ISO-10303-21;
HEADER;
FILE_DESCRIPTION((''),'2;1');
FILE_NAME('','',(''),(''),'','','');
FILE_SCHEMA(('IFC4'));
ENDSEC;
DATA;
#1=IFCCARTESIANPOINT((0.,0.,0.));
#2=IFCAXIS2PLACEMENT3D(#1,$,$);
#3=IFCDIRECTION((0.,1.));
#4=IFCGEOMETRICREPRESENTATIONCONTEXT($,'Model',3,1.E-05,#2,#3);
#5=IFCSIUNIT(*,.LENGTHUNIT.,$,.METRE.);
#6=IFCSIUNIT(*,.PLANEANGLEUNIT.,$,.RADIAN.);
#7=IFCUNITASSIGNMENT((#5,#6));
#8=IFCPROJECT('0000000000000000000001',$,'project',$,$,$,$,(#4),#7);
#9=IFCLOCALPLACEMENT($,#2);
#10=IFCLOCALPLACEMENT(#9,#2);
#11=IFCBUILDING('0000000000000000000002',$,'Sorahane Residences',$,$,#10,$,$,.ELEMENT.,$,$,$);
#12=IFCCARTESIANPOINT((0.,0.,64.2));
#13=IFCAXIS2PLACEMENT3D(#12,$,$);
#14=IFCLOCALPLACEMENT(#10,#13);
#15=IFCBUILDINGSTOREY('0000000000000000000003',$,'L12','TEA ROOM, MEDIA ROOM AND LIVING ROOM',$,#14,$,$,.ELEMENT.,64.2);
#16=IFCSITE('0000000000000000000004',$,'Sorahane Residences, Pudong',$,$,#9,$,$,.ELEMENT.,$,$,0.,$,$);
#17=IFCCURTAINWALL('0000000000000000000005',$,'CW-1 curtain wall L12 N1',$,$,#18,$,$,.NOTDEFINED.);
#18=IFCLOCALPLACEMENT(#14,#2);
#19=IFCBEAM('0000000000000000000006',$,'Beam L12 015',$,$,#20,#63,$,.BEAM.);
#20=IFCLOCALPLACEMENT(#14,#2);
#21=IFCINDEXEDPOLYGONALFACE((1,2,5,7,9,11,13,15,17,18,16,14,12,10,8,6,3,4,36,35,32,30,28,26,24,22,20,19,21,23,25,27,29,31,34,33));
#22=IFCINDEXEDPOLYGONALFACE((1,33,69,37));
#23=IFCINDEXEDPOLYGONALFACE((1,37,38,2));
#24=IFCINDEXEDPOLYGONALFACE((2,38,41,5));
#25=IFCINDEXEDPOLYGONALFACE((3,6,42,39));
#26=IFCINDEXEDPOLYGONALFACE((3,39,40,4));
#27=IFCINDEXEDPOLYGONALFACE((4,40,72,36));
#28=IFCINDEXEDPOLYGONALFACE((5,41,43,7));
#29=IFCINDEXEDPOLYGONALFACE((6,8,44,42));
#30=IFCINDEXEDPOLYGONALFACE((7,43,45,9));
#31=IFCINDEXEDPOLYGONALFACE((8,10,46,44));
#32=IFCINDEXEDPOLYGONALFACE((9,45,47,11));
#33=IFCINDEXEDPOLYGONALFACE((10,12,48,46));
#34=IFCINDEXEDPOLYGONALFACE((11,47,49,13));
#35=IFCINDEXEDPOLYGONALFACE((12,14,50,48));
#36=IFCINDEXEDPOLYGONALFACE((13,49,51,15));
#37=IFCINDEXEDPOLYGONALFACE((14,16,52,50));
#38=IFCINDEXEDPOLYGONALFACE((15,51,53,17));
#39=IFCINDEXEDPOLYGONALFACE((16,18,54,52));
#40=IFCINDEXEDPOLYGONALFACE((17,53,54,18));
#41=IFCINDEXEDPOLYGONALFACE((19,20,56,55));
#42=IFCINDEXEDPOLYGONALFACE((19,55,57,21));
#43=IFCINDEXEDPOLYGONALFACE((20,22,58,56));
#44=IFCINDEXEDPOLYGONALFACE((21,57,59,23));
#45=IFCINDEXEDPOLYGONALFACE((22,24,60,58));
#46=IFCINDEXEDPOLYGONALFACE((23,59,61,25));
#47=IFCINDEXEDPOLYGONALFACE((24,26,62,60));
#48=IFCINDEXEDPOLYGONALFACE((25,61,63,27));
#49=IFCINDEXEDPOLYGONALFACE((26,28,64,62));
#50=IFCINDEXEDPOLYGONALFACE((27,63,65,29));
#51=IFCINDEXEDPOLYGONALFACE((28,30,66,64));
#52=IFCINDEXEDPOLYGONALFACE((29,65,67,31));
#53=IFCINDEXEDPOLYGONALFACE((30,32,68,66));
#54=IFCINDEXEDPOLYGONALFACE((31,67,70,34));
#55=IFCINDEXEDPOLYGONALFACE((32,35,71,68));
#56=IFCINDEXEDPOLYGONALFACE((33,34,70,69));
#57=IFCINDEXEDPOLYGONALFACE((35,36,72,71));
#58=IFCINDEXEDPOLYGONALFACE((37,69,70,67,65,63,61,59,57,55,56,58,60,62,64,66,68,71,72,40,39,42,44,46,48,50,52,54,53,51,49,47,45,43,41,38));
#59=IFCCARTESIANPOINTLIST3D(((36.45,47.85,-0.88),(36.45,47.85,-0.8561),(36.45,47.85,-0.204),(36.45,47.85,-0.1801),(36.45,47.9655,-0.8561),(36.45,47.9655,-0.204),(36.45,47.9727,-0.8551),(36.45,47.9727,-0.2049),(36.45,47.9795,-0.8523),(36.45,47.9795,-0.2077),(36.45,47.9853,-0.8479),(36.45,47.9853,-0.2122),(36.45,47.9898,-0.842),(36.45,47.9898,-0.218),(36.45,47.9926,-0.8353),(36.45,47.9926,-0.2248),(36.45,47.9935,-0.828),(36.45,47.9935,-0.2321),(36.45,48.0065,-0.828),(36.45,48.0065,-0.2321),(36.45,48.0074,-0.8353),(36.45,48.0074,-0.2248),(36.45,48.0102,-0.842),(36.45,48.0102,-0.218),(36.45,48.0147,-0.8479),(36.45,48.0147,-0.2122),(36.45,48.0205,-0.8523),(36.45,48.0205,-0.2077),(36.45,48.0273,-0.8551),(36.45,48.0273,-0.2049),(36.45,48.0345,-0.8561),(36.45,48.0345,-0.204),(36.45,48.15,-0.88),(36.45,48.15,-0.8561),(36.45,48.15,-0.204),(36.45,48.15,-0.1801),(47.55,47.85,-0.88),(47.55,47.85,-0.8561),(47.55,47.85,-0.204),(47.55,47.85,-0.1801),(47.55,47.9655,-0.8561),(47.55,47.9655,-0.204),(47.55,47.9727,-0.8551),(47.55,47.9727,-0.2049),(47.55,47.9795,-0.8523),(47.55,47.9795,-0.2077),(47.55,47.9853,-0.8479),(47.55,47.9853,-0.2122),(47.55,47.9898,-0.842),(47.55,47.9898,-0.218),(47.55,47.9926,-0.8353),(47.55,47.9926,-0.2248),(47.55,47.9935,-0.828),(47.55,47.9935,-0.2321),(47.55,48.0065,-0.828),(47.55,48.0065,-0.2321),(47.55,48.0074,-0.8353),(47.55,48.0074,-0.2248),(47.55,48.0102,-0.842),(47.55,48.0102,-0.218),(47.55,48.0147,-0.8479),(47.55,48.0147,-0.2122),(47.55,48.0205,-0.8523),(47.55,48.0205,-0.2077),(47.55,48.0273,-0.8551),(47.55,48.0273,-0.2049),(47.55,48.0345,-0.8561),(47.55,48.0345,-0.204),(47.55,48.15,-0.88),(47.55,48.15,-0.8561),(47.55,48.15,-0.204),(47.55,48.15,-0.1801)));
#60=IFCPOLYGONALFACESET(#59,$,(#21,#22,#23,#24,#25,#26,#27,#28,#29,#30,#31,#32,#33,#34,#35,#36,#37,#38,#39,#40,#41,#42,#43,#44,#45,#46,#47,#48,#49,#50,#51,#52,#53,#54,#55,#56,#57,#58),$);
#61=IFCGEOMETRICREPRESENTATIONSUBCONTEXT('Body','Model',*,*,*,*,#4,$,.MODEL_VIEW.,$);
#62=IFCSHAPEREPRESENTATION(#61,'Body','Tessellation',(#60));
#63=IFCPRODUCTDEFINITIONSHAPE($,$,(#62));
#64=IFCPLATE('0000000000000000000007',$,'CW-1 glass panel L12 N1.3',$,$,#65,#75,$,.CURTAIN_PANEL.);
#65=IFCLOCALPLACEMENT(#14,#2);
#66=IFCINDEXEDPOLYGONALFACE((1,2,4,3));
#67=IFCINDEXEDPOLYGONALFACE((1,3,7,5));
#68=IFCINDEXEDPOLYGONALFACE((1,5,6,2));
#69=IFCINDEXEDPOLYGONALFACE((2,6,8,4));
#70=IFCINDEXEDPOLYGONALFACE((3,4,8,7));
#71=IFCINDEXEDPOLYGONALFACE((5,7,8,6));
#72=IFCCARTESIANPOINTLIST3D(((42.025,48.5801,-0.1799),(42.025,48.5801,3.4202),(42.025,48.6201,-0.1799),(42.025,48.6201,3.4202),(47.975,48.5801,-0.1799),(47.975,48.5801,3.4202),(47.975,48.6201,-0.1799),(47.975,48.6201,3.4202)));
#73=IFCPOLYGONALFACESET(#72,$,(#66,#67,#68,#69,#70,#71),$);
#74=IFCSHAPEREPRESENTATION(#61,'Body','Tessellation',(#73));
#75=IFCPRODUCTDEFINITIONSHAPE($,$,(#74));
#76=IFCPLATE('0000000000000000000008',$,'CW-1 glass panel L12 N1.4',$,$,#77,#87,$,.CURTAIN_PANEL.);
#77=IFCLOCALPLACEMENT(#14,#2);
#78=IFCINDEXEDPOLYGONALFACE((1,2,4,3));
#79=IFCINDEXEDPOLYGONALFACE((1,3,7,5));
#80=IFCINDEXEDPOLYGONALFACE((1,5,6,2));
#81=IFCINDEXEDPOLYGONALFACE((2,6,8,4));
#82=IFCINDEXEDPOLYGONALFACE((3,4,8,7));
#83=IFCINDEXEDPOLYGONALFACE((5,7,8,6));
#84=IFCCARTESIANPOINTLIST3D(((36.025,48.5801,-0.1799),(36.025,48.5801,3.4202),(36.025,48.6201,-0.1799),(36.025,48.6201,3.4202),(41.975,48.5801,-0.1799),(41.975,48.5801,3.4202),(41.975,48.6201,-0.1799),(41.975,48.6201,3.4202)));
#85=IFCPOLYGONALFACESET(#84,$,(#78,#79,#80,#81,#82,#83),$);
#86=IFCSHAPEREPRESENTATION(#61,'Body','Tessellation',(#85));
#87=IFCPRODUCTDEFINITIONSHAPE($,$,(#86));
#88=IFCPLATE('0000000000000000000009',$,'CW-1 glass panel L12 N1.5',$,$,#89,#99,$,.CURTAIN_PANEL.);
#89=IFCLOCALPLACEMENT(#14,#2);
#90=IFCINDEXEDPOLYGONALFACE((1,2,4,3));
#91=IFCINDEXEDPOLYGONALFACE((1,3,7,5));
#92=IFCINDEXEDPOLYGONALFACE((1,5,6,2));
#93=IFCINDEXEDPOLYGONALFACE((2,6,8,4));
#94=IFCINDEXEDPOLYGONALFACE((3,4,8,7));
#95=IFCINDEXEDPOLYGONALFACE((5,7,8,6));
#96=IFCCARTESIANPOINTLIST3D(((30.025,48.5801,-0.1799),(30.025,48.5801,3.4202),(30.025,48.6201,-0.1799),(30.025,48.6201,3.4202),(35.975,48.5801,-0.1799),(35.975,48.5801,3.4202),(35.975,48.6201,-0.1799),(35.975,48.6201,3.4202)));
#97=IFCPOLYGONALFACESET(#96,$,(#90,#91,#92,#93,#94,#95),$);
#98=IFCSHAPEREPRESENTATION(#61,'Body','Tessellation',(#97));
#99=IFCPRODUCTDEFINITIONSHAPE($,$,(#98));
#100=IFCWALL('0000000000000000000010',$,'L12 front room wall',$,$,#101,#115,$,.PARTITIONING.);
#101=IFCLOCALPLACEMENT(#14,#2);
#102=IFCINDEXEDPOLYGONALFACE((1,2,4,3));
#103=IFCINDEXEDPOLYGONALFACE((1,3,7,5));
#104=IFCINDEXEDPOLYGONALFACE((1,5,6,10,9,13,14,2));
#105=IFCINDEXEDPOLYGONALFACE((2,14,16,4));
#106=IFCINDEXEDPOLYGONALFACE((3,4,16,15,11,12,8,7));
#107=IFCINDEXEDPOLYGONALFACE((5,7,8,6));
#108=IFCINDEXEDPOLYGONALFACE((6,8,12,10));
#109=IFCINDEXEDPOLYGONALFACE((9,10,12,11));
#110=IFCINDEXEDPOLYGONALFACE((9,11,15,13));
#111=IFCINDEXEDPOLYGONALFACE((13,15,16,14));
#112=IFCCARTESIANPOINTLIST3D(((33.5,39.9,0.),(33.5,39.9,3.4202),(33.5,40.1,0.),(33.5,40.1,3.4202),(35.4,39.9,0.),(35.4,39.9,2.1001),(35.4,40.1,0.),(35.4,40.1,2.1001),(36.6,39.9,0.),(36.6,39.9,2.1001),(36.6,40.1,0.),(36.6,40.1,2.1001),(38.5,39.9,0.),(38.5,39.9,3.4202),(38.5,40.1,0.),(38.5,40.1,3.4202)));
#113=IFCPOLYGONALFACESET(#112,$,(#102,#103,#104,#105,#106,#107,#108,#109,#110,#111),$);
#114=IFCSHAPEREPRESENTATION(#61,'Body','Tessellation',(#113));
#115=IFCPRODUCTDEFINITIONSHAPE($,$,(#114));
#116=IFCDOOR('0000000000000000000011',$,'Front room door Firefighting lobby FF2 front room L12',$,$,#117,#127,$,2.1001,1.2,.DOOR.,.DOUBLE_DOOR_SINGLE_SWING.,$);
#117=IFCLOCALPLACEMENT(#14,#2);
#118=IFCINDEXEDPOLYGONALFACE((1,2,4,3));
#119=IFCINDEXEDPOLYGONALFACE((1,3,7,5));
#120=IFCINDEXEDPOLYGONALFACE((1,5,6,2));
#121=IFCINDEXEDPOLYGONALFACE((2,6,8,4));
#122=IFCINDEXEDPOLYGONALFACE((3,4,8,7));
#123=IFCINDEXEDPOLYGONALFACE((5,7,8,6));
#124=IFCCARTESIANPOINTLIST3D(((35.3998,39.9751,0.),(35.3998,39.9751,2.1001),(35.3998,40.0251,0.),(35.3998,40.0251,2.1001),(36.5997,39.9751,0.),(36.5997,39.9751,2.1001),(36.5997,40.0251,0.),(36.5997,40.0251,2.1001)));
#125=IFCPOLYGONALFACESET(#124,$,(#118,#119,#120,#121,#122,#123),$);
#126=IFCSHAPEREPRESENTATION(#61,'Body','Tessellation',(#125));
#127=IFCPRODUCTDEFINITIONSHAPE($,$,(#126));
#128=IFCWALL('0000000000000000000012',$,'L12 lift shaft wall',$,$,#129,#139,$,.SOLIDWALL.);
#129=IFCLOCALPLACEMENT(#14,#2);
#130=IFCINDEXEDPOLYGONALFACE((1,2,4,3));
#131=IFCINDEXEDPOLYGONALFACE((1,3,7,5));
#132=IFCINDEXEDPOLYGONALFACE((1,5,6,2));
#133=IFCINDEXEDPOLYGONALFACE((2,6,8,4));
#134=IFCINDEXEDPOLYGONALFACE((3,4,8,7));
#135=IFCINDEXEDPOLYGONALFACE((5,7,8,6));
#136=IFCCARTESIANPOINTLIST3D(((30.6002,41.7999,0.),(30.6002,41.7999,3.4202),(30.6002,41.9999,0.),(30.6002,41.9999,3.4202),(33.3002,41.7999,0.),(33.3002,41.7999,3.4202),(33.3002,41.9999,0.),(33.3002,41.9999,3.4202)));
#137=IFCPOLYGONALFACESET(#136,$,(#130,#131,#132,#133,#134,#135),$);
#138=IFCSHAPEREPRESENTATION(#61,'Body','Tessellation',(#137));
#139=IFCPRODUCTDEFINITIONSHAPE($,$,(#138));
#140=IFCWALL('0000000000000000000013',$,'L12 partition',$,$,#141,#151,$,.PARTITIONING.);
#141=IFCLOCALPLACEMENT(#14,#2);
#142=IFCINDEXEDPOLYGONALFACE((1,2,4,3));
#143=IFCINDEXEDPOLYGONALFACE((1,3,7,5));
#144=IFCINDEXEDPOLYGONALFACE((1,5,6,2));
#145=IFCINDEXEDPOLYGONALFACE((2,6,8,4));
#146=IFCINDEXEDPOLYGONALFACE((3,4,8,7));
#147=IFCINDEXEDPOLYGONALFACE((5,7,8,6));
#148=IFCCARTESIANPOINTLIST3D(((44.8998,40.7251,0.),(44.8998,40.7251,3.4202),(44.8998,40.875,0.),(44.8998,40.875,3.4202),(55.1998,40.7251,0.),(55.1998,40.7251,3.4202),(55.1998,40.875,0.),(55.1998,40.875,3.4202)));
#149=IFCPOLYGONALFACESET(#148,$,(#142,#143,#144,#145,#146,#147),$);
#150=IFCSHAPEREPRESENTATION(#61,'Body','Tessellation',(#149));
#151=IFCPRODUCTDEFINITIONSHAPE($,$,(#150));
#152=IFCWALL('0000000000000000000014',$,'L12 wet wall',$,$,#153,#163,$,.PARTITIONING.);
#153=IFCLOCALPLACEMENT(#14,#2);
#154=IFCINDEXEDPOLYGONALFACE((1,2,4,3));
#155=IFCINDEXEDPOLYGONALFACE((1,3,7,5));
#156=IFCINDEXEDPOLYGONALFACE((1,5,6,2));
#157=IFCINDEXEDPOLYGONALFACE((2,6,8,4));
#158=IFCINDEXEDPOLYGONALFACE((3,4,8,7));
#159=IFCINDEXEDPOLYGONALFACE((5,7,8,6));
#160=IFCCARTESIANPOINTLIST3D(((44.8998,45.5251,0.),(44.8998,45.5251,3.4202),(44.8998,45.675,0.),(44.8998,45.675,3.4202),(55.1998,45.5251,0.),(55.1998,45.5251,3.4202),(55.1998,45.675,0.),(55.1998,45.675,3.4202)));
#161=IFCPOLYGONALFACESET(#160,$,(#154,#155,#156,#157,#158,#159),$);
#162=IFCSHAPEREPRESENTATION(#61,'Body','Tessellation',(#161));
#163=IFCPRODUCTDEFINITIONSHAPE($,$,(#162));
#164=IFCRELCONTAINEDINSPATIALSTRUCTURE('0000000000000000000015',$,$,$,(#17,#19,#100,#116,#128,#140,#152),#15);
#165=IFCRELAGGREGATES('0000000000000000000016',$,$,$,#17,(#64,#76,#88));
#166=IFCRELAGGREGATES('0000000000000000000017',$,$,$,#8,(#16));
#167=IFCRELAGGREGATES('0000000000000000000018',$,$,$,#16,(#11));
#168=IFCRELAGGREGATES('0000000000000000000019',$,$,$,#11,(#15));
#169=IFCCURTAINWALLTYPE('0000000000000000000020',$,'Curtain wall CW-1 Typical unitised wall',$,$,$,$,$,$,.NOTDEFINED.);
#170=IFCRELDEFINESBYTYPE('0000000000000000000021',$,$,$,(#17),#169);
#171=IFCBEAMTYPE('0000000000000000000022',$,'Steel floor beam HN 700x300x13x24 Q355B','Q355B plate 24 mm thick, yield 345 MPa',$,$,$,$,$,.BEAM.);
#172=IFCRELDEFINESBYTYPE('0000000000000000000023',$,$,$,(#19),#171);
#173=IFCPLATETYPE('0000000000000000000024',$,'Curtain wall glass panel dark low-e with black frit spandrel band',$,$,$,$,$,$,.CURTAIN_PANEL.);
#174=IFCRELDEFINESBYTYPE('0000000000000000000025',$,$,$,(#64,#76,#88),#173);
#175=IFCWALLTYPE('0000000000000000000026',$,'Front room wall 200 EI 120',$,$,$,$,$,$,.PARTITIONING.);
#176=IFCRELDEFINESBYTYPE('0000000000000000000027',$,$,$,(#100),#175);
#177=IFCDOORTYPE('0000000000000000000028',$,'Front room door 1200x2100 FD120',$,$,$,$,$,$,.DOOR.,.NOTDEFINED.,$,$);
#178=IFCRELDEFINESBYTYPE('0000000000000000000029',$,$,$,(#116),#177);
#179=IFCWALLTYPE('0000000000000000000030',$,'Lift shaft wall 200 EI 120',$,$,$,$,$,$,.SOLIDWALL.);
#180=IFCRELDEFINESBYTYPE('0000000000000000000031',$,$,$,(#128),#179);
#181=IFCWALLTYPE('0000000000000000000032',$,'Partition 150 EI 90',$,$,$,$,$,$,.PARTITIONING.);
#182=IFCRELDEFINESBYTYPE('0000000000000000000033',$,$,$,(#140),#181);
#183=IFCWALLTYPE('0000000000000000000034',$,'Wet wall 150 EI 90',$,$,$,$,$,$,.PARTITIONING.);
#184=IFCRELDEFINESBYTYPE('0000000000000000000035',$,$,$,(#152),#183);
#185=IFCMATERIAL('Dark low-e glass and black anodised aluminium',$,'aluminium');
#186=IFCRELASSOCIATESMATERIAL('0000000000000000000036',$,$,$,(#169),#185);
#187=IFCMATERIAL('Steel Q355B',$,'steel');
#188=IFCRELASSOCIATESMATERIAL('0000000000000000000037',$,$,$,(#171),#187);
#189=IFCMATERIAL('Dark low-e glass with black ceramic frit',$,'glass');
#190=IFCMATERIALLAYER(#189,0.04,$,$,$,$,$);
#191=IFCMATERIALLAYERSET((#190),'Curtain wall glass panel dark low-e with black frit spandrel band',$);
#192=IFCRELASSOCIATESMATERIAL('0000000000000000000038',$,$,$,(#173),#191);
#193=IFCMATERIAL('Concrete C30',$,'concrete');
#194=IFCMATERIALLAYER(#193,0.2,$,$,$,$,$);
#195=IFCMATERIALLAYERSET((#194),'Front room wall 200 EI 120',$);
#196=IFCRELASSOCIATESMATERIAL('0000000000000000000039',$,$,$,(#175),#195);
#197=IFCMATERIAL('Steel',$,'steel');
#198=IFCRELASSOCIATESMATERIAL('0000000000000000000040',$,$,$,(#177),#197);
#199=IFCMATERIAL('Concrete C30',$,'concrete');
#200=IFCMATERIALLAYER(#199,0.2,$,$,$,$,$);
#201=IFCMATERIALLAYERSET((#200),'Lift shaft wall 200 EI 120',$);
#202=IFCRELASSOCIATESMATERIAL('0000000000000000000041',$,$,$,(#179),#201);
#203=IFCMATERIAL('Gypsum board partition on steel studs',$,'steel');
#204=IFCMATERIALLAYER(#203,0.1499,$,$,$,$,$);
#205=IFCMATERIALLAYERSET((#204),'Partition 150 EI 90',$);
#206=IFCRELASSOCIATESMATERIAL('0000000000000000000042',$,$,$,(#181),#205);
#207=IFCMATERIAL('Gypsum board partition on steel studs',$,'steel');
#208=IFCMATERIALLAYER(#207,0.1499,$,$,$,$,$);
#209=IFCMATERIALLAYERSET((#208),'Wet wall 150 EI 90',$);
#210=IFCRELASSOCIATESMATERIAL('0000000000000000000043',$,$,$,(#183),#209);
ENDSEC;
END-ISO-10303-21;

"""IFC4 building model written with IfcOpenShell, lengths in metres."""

from ifc_helpers import new_model, si_unit, direction, frame, frame_2d, origin, origin_2d, place, context, subcontext, project, spatial, rectangle, i_section, extrude, material, layer, layer_set, material_profile, profile_set, type_object, element, fill, aggregate, save


model = new_model("IFC4")

# Units and contexts
model_context = context("Model", 3, precision=1e-05, world=origin(), true_north=direction((0.0, 1.0)))
body_context = subcontext(model_context, "Body", "Model", "MODEL_VIEW")
ifc_project = project(units=[si_unit("LENGTHUNIT", "METRE"), si_unit("PLANEANGLEUNIT", "RADIAN")], contexts=[model_context])

# Site, building, storey
site_placement = place(None, origin())
site = spatial("IfcSite", under=ifc_project, at=site_placement, Name="Sorahane Residences, Pudong", CompositionType="ELEMENT", RefElevation=0.0)
building_placement = place(site_placement, origin())
building = spatial("IfcBuilding", under=site, at=building_placement, Name="Sorahane Residences", CompositionType="ELEMENT")
storey_placement = place(building_placement, frame((0.0, 0.0, 64.2)))
storey = spatial("IfcBuildingStorey", under=building, at=storey_placement, Name="L12", Description="TEA ROOM, MEDIA ROOM AND LIVING ROOM", CompositionType="ELEMENT", Elevation=64.2)

# Curtain wall
ifc_material_1 = material(Name="Dark low-e glass and black anodised aluminium", Category="aluminium")
curtain_wall_type = type_object("IfcCurtainWallType", Name="Curtain wall CW-1 Typical unitised wall", PredefinedType="NOTDEFINED", material=ifc_material_1)
curtain_wall_placement = place(storey_placement, origin())
curtain_wall = element("IfcCurtainWall", 1, at=curtain_wall_placement, inside=storey, type_object=curtain_wall_type, Name="CW-1 curtain wall L12 N1", PredefinedType="NOTDEFINED")

# Beam
ifc_material_2 = material(Name="Steel Q355B", Category="steel")
ifc_material_profile_1 = material_profile(ifc_material_2, i_section(OverallWidth=0.3, OverallDepth=0.7, WebThickness=0.0129, FlangeThickness=0.0239, FilletRadius=0.0281, at=origin_2d()), Name="HN 700x300x13x24")
ifc_profile_set_1 = profile_set([ifc_material_profile_1], Name="Steel Q355B")
beam_type_1 = type_object("IfcBeamType", Name="Steel floor beam HN 700x300x13x24 Q355B", Description="Q355B plate 24 mm thick, yield 345 MPa", PredefinedType="BEAM", material=ifc_profile_set_1)
beam_1_placement = place(storey_placement, frame((36.45, 48.0, -0.53), z_axis=(1.0, 0.0, 0.0), x_axis=(0.0, 1.0, 0.0)))
element("IfcBeam", 2, at=beam_1_placement, inside=storey, type_object=beam_type_1, Name="Beam L12 015", PredefinedType="BEAM", context=body_context, shape_type="SweptSolid", body=[
    extrude(i_section(OverallWidth=0.3, OverallDepth=0.7, WebThickness=0.0129, FlangeThickness=0.0239, FilletRadius=0.0281, at=origin_2d()), origin(), (0.0, 0.0, 1.0), 11.1001),
])

# Plates
ifc_material_3 = material(Name="Dark low-e glass with black ceramic frit", Category="glass")
ifc_layer_1 = layer(ifc_material_3, 0.04)
ifc_layer_set_1 = layer_set([ifc_layer_1], Name="Curtain wall glass panel dark low-e with black frit spandrel band")
plate_type = type_object("IfcPlateType", Name="Curtain wall glass panel dark low-e with black frit spandrel band", PredefinedType="CURTAIN_PANEL", material=ifc_layer_set_1)
plate_1_placement = place(storey_placement, frame((45.0, 48.6001, -0.1799), z_axis=(0.0, 0.0, 1.0), x_axis=(-1.0, 0.0, 0.0)))
plate_1 = element("IfcPlate", 3, at=plate_1_placement, type_object=plate_type, Name="CW-1 glass panel L12 N1.3", PredefinedType="CURTAIN_PANEL", context=body_context, shape_type="SweptSolid", body=[
    extrude(rectangle(XDim=5.95, YDim=0.04, at=origin_2d()), origin(), (0.0, 0.0, 1.0), 3.6001),
])
plate_2_placement = place(storey_placement, frame((39.0, 48.6001, -0.1799), z_axis=(0.0, 0.0, 1.0), x_axis=(-1.0, 0.0, 0.0)))
plate_2 = element("IfcPlate", 4, at=plate_2_placement, type_object=plate_type, Name="CW-1 glass panel L12 N1.4", PredefinedType="CURTAIN_PANEL", context=body_context, shape_type="SweptSolid", body=[
    extrude(rectangle(XDim=5.95, YDim=0.04, at=origin_2d()), origin(), (0.0, 0.0, 1.0), 3.6001),
])
plate_3_placement = place(storey_placement, frame((33.0, 48.6001, -0.1799), z_axis=(0.0, 0.0, 1.0), x_axis=(-1.0, 0.0, 0.0)))
plate_3 = element("IfcPlate", 5, at=plate_3_placement, type_object=plate_type, Name="CW-1 glass panel L12 N1.5", PredefinedType="CURTAIN_PANEL", context=body_context, shape_type="SweptSolid", body=[
    extrude(rectangle(XDim=5.95, YDim=0.04, at=origin_2d()), origin(), (0.0, 0.0, 1.0), 3.6001),
])
aggregate(curtain_wall, [plate_1, plate_2, plate_3])

# Wall, opening, door
ifc_material_4 = material(Name="Concrete C30", Category="concrete")
ifc_layer_2 = layer(ifc_material_4, 0.2)
ifc_layer_set_2 = layer_set([ifc_layer_2], Name="Front room wall 200 EI 120")
wall_type_1 = type_object("IfcWallType", Name="Front room wall 200 EI 120", PredefinedType="PARTITIONING", material=ifc_layer_set_2)
wall_1_placement = place(storey_placement, frame((33.5, 40.0, 0.0), z_axis=(0.0, 0.0, 1.0), x_axis=(1.0, 0.0, 0.0)))
wall_1 = element("IfcWall", 6, at=wall_1_placement, inside=storey, type_object=wall_type_1, Name="L12 front room wall", PredefinedType="PARTITIONING", context=body_context, shape_type="SweptSolid", body=[
    extrude(rectangle(XDim=5.0, YDim=0.2, at=frame_2d((2.5, 0.0))), origin(), (0.0, 0.0, 1.0), 3.4202),
])
opening_placement = place(wall_1_placement, frame((1.8999, 0.0, 0.0)))
opening = element("IfcOpeningElement", 7, at=opening_placement, cuts=wall_1, PredefinedType="OPENING", context=body_context, shape_type="SweptSolid", body=[
    extrude(rectangle(XDim=1.2, YDim=2.1001, at=frame_2d((0.6001, 1.05))), frame((0.0, 0.1099, 0.0), z_axis=(0.0, -1.0, 0.0), x_axis=(1.0, 0.0, 0.0)), (0.0, 0.0, 1.0), 0.22),
])
ifc_material_5 = material(Name="Steel", Category="steel")
door_type = type_object("IfcDoorType", Name="Front room door 1200x2100 FD120", OperationType="NOTDEFINED", PredefinedType="DOOR", material=ifc_material_5)
door_placement = place(opening_placement, frame((1.2, 0.0, 0.0), z_axis=(0.0, 0.0, 1.0), x_axis=(-1.0, 0.0, 0.0)))
door = element("IfcDoor", 8, at=door_placement, inside=storey, type_object=door_type, Name="Front room door Firefighting lobby FF2 front room L12", OperationType="DOUBLE_DOOR_SINGLE_SWING", OverallHeight=2.1001, OverallWidth=1.2, PredefinedType="DOOR", context=body_context, shape_type="SweptSolid", body=[
    extrude(rectangle(XDim=1.2, YDim=2.1001, at=frame_2d((0.6001, 1.05))), frame((0.0, 0.0249, 0.0), z_axis=(0.0, -1.0, 0.0), x_axis=(1.0, 0.0, 0.0)), (0.0, 0.0, 1.0), 0.05),
])
fill(opening, door)

# Walls
ifc_material_6 = material(Name="Concrete C30", Category="concrete")
ifc_layer_3 = layer(ifc_material_6, 0.2)
ifc_layer_set_3 = layer_set([ifc_layer_3], Name="Lift shaft wall 200 EI 120")
wall_type_2 = type_object("IfcWallType", Name="Lift shaft wall 200 EI 120", PredefinedType="SOLIDWALL", material=ifc_layer_set_3)
wall_2_placement = place(storey_placement, frame((30.6001, 41.8999, 0.0), z_axis=(0.0, 0.0, 1.0), x_axis=(1.0, 0.0, 0.0)))
element("IfcWall", 9, at=wall_2_placement, inside=storey, type_object=wall_type_2, Name="L12 lift shaft wall", PredefinedType="SOLIDWALL", context=body_context, shape_type="SweptSolid", body=[
    extrude(rectangle(XDim=2.7, YDim=0.2, at=frame_2d((1.3501, 0.0))), origin(), (0.0, 0.0, 1.0), 3.4202),
])
ifc_material_7 = material(Name="Gypsum board partition on steel studs", Category="steel")
ifc_layer_4 = layer(ifc_material_7, 0.1499)
ifc_layer_set_4 = layer_set([ifc_layer_4], Name="Partition 150 EI 90")
wall_type_3 = type_object("IfcWallType", Name="Partition 150 EI 90", PredefinedType="PARTITIONING", material=ifc_layer_set_4)
wall_3_placement = place(storey_placement, frame((44.8999, 40.8, 0.0), z_axis=(0.0, 0.0, 1.0), x_axis=(1.0, 0.0, 0.0)))
element("IfcWall", 10, at=wall_3_placement, inside=storey, type_object=wall_type_3, Name="L12 partition", PredefinedType="PARTITIONING", context=body_context, shape_type="SweptSolid", body=[
    extrude(rectangle(XDim=10.3, YDim=0.1499, at=frame_2d((5.1499, 0.0))), origin(), (0.0, 0.0, 1.0), 3.4202),
])
ifc_material_8 = material(Name="Gypsum board partition on steel studs", Category="steel")
ifc_layer_5 = layer(ifc_material_8, 0.1499)
ifc_layer_set_5 = layer_set([ifc_layer_5], Name="Wet wall 150 EI 90")
wall_type_4 = type_object("IfcWallType", Name="Wet wall 150 EI 90", PredefinedType="PARTITIONING", material=ifc_layer_set_5)
wall_4_placement = place(storey_placement, frame((44.8999, 45.6001, 0.0), z_axis=(0.0, 0.0, 1.0), x_axis=(1.0, 0.0, 0.0)))
element("IfcWall", 11, at=wall_4_placement, inside=storey, type_object=wall_type_4, Name="L12 wet wall", PredefinedType="PARTITIONING", context=body_context, shape_type="SweptSolid", body=[
    extrude(rectangle(XDim=10.3, YDim=0.1499, at=frame_2d((5.1499, 0.0))), origin(), (0.0, 0.0, 1.0), 3.4202),
])

save(model, "model.ifc")
